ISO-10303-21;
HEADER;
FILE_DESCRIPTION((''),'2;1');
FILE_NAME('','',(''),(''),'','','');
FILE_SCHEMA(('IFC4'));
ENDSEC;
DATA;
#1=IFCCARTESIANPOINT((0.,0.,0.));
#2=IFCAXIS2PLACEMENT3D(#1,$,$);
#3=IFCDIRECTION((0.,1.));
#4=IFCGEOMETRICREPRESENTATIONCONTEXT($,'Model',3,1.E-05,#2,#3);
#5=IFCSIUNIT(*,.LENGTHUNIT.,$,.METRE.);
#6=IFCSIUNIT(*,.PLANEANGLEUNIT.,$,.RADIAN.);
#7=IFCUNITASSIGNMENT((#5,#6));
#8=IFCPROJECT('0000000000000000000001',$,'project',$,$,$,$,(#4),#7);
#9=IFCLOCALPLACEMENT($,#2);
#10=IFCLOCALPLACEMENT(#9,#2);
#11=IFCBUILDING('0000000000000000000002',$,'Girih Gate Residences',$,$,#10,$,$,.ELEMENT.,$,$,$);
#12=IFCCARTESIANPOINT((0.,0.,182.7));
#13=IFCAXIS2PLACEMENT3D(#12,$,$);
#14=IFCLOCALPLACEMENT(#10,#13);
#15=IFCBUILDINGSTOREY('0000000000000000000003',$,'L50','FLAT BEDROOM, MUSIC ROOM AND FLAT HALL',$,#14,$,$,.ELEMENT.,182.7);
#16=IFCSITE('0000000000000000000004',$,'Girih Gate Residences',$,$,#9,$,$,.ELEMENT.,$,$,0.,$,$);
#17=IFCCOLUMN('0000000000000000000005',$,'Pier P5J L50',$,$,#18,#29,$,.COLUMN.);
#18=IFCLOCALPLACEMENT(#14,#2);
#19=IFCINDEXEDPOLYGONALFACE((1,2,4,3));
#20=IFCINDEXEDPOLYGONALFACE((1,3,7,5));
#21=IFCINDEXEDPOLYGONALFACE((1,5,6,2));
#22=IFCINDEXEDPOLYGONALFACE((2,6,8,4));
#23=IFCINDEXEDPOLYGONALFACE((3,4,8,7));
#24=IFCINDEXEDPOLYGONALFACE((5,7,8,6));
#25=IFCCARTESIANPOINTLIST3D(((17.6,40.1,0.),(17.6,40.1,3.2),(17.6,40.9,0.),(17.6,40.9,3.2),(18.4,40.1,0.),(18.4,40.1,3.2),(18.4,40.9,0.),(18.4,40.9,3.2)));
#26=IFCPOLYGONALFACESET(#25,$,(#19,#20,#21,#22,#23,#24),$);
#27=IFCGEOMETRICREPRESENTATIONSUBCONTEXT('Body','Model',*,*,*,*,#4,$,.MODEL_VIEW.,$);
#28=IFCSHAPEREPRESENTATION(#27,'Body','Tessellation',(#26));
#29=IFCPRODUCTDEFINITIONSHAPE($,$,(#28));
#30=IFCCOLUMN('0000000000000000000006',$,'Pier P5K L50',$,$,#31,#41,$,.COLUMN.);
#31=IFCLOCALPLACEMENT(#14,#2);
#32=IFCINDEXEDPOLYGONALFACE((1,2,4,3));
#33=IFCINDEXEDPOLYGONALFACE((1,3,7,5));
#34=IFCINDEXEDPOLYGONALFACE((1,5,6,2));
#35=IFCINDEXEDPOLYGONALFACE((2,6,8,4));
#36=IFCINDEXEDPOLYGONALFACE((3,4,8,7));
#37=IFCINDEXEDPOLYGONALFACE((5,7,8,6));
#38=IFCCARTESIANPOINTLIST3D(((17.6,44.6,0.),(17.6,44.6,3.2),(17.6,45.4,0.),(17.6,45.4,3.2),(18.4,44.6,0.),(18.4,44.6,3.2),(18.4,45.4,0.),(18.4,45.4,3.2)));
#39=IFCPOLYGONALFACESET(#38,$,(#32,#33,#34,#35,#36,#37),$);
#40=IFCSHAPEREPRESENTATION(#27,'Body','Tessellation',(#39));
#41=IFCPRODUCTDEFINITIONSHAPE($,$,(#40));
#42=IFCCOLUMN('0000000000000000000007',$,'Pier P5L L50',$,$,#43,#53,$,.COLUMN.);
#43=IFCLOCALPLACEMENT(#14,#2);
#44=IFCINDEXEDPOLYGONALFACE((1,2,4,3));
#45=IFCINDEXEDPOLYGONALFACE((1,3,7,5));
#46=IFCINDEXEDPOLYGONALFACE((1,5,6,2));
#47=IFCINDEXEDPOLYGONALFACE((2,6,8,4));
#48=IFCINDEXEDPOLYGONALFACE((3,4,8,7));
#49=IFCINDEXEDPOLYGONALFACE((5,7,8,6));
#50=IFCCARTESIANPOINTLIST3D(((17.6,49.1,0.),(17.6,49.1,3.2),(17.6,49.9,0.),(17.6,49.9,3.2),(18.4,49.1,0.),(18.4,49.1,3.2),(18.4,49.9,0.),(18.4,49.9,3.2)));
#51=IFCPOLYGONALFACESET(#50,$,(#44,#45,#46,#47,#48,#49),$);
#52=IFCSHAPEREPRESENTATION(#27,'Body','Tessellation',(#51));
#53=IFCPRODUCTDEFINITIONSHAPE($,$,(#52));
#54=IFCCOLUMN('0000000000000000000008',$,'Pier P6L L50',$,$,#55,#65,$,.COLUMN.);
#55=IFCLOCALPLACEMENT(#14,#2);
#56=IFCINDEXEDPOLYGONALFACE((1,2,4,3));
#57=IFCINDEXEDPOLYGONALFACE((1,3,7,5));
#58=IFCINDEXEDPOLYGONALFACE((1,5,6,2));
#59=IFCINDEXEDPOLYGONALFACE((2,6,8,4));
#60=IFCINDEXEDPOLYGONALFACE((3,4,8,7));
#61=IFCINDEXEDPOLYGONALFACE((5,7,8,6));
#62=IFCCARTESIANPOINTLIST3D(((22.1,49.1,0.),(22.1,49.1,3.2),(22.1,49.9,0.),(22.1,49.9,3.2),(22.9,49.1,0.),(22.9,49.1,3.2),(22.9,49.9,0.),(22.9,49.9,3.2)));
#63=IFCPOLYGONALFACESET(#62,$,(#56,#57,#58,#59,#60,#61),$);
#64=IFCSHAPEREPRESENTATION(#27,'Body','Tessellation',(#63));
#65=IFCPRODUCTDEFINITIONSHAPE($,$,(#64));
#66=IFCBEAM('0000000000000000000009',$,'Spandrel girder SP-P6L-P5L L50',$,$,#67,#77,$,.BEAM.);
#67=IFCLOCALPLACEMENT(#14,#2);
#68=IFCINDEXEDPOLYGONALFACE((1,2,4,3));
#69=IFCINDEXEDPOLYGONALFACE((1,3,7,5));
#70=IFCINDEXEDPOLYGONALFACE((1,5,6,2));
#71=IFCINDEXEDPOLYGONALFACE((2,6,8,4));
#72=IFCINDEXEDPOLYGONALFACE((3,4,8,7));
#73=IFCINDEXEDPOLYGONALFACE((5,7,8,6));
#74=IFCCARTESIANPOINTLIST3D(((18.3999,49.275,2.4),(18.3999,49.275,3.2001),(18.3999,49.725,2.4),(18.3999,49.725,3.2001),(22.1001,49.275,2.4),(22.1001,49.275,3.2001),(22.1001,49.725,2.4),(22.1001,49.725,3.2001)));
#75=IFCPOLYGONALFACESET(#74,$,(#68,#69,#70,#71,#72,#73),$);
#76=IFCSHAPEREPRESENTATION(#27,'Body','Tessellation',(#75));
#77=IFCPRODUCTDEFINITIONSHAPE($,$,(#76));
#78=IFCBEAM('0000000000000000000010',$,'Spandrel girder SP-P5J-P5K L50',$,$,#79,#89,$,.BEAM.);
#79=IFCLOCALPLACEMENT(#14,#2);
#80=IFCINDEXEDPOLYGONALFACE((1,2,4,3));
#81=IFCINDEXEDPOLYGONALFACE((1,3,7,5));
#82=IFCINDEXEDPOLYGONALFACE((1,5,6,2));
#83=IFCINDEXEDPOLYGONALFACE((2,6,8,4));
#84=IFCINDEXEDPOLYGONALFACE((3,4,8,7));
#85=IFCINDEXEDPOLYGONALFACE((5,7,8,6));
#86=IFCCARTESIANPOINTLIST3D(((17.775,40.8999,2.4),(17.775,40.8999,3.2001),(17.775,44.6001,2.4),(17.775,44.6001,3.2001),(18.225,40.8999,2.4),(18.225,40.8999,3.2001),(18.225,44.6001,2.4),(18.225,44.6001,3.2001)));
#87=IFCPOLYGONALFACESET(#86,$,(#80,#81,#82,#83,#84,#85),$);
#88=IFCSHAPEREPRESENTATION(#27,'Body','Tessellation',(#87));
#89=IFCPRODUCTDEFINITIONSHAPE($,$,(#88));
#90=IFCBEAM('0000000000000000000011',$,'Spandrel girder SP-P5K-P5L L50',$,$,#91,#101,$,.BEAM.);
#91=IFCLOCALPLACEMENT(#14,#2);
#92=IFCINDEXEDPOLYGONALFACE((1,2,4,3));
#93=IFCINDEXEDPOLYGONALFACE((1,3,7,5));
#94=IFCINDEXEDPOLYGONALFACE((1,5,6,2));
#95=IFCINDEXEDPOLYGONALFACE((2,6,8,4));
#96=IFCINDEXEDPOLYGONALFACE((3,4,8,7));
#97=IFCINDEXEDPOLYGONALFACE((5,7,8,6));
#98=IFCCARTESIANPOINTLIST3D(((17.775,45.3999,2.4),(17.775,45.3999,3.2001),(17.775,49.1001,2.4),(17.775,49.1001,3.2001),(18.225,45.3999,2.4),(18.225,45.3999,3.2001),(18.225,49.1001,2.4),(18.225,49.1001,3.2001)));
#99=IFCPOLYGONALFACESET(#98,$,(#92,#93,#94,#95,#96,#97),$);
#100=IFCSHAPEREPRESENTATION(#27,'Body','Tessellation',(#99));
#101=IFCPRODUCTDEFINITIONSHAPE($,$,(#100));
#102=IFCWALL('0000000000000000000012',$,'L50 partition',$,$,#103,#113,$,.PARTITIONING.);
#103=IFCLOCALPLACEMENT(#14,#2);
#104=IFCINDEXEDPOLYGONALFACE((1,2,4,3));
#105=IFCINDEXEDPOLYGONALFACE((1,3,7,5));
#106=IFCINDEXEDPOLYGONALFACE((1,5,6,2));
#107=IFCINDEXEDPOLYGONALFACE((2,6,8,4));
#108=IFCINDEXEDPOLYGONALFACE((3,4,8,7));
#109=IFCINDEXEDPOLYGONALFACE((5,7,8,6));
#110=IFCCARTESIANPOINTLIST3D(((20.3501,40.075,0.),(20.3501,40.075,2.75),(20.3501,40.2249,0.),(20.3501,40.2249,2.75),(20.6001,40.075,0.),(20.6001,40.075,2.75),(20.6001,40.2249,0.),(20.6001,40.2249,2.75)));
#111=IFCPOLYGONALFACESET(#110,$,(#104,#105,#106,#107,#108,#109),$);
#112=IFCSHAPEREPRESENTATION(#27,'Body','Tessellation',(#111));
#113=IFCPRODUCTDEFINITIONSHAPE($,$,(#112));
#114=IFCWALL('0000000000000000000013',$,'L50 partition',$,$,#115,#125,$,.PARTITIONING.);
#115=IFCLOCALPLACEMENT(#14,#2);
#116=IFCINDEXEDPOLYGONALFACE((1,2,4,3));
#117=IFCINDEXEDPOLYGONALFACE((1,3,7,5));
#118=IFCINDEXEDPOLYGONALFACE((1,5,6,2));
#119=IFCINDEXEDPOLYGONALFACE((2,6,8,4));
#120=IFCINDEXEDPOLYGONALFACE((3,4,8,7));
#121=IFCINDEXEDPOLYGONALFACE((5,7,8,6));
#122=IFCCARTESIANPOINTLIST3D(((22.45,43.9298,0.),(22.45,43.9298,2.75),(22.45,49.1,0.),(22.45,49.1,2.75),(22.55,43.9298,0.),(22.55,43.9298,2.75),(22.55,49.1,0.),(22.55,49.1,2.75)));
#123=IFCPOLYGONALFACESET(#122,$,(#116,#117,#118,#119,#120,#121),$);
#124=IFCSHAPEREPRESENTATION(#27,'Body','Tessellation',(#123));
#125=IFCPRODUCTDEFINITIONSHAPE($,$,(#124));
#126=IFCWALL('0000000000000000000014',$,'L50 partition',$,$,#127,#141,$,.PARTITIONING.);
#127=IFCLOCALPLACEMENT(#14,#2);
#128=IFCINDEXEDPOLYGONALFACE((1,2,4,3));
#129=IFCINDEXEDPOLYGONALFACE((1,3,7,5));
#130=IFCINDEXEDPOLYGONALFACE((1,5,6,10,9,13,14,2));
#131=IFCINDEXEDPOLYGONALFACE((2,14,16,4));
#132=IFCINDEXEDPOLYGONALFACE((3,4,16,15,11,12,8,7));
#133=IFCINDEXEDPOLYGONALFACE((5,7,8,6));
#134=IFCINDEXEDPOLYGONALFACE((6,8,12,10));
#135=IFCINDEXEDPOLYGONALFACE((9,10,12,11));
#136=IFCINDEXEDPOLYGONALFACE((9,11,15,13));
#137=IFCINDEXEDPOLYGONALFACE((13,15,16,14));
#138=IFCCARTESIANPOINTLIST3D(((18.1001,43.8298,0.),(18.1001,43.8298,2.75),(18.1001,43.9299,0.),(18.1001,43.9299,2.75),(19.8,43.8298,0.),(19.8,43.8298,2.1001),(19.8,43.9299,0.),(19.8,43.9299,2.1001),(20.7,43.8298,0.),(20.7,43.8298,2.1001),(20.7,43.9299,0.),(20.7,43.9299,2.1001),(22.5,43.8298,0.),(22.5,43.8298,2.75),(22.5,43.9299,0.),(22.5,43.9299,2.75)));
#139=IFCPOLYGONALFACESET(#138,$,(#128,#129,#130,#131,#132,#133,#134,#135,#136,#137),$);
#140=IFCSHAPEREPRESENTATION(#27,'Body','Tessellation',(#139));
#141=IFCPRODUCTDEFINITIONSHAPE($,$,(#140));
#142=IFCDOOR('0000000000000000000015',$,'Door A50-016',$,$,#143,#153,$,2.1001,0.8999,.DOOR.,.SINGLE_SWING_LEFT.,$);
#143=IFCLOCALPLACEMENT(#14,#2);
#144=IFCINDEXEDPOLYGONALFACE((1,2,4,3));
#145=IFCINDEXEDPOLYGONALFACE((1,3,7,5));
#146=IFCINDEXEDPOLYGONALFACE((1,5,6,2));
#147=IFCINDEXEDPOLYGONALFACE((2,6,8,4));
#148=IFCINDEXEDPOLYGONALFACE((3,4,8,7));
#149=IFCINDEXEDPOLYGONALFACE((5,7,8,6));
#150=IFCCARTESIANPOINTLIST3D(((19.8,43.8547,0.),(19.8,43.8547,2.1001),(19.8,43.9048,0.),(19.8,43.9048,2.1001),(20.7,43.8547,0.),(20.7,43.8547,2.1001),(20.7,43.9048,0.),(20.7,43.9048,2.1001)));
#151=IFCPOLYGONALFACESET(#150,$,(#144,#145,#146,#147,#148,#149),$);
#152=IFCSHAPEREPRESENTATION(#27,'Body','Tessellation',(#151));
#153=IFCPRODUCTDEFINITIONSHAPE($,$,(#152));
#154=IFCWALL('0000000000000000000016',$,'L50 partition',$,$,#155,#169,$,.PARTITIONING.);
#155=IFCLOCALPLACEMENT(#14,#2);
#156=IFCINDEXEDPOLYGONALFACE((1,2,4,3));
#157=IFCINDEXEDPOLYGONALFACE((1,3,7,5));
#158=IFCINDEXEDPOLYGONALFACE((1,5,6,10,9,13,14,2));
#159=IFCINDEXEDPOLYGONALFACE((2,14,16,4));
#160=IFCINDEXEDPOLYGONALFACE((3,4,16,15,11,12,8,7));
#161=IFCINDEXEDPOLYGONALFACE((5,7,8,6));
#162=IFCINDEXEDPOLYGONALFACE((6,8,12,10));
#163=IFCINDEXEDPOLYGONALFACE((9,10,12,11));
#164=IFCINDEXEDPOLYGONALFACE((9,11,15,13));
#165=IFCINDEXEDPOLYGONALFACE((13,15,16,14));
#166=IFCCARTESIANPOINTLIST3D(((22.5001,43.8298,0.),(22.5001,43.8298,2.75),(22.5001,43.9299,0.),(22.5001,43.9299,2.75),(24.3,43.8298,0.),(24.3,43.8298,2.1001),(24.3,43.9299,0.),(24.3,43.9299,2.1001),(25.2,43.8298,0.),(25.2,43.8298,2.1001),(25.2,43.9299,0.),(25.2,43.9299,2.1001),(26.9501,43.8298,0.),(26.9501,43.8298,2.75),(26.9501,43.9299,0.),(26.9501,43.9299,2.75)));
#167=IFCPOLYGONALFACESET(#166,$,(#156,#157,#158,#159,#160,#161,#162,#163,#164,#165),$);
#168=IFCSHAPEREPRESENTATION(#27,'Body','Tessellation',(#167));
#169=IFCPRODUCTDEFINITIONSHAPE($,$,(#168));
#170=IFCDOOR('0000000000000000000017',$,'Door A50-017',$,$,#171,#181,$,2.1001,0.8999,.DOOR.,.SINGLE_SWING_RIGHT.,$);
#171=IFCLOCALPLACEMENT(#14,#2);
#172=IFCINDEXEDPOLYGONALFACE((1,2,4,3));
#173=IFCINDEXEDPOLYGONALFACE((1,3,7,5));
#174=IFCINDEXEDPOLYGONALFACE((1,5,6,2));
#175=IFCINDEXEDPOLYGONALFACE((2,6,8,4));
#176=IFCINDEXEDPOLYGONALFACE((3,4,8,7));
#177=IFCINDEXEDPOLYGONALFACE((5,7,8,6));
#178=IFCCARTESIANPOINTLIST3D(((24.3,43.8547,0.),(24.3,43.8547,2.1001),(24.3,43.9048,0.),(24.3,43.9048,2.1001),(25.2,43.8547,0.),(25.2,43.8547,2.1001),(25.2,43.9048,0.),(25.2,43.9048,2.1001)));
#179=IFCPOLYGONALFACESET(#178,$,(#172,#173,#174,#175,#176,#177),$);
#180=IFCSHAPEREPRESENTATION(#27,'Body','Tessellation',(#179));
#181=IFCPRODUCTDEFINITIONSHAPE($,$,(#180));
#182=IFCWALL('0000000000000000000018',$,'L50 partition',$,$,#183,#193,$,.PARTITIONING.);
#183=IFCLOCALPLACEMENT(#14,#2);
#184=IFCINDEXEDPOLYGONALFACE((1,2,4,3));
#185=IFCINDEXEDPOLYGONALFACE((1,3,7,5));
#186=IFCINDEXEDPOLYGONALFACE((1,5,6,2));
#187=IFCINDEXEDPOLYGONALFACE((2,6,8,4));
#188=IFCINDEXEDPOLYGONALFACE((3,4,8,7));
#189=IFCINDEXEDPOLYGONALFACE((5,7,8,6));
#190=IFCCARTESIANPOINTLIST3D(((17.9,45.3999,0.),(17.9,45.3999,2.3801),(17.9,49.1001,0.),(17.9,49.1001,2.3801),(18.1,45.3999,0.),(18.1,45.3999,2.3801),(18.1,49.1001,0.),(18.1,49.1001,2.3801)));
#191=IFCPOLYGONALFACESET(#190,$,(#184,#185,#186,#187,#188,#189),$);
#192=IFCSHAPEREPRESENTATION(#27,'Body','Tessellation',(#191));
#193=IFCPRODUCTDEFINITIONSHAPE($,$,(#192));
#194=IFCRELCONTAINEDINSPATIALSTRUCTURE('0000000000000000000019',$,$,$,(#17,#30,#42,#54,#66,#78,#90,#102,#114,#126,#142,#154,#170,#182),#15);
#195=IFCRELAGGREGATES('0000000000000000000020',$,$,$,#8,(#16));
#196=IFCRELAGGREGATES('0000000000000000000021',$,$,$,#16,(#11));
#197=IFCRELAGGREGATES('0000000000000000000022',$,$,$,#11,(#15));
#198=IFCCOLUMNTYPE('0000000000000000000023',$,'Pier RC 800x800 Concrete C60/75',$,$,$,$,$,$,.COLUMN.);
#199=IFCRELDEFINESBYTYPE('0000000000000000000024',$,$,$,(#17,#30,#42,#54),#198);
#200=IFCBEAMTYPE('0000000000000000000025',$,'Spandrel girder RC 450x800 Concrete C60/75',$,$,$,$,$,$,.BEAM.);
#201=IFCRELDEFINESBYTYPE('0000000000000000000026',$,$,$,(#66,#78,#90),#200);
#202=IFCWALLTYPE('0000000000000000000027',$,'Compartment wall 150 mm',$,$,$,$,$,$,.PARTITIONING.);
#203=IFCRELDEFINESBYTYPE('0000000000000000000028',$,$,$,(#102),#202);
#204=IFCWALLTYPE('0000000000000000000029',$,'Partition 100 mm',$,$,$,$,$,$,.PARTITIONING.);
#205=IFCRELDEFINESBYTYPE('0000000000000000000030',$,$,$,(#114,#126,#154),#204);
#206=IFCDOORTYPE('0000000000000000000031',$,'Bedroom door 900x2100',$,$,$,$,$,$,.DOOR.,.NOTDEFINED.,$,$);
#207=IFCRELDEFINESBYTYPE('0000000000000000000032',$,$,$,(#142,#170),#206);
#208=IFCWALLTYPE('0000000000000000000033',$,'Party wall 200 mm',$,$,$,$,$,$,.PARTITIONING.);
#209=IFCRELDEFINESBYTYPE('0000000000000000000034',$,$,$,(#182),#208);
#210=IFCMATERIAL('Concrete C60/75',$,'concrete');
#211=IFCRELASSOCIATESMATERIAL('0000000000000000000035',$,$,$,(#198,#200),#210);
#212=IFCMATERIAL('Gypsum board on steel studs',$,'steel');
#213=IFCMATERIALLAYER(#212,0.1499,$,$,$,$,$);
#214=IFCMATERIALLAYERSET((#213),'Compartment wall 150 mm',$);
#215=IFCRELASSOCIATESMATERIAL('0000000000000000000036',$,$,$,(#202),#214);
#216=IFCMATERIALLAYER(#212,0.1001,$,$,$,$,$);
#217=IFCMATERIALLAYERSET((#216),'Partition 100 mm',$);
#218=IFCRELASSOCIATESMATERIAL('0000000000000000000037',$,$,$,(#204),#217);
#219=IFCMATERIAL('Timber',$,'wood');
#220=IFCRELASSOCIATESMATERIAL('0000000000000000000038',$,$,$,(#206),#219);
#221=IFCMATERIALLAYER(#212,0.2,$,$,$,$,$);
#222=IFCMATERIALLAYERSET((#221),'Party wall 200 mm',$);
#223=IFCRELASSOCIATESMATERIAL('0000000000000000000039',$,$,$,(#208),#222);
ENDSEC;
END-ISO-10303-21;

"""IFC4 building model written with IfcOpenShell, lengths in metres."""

from ifc_helpers import new_model, si_unit, direction, frame, frame_2d, origin, origin_2d, place, context, subcontext, project, spatial, rectangle, extrude, material, layer, layer_set, material_profile, profile_set, type_object, element, fill, save


model = new_model("IFC4")

# Units and contexts
model_context = context("Model", 3, precision=1e-05, world=origin(), true_north=direction((0.0, 1.0)))
body_context = subcontext(model_context, "Body", "Model", "MODEL_VIEW")
ifc_project = project(units=[si_unit("LENGTHUNIT", "METRE"), si_unit("PLANEANGLEUNIT", "RADIAN")], contexts=[model_context])

# Site, building, storey
site_placement = place(None, origin())
site = spatial("IfcSite", under=ifc_project, at=site_placement, Name="Girih Gate Residences", CompositionType="ELEMENT", RefElevation=0.0)
building_placement = place(site_placement, origin())
building = spatial("IfcBuilding", under=site, at=building_placement, Name="Girih Gate Residences", CompositionType="ELEMENT")
storey_placement = place(building_placement, frame((0.0, 0.0, 182.7)))
storey = spatial("IfcBuildingStorey", under=building, at=storey_placement, Name="L50", Description="FLAT BEDROOM, MUSIC ROOM AND FLAT HALL", CompositionType="ELEMENT", Elevation=182.7)

# Columns
ifc_material_1 = material(Name="Concrete C60/75", Category="concrete")
ifc_material_profile_1 = material_profile(ifc_material_1, rectangle(XDim=0.8, YDim=0.8, at=origin_2d()))
ifc_profile_set_1 = profile_set([ifc_material_profile_1], Name="Concrete C60/75")
column_type = type_object("IfcColumnType", Name="Pier RC 800x800 Concrete C60/75", PredefinedType="COLUMN", material=ifc_profile_set_1)
for number, where, z_axis, x_axis, name in (
    (1, (18.0, 40.5, 0.0), (0.0, 0.0, 1.0), (1.0, 0.0, 0.0), "Pier P5J L50"),
    (2, (18.0, 45.0, 0.0), (0.0, 0.0, 1.0), (1.0, 0.0, 0.0), "Pier P5K L50"),
    (3, (18.0, 49.5, 0.0), (0.0, 0.0, 1.0), (1.0, 0.0, 0.0), "Pier P5L L50"),
    (4, (22.5, 49.5, 0.0), (0.0, 0.0, 1.0), (1.0, 0.0, 0.0), "Pier P6L L50"),
):
    element("IfcColumn", number, at=place(storey_placement, frame(where, z_axis=z_axis, x_axis=x_axis)), inside=storey, type_object=column_type, Name=name, PredefinedType="COLUMN", context=body_context, shape_type="SweptSolid", body=[
        extrude(rectangle(XDim=0.8, YDim=0.8, at=origin_2d()), origin(), (0.0, 0.0, 1.0), 3.2),
    ])

# Beams
ifc_material_profile_2 = material_profile(ifc_material_1, rectangle(XDim=0.45, YDim=0.8, at=origin_2d()))
ifc_profile_set_2 = profile_set([ifc_material_profile_2], Name="Concrete C60/75")
beam_type = type_object("IfcBeamType", Name="Spandrel girder RC 450x800 Concrete C60/75", PredefinedType="BEAM", material=ifc_profile_set_2)
for number, where, z_axis, x_axis, name in (
    (5, (22.1001, 49.5, 2.8), (-1.0, 0.0, 0.0), (0.0, -1.0, 0.0), "Spandrel girder SP-P6L-P5L L50"),
    (6, (18.0, 40.8999, 2.8), (0.0, 1.0, 0.0), (-1.0, 0.0, 0.0), "Spandrel girder SP-P5J-P5K L50"),
    (7, (18.0, 45.3999, 2.8), (0.0, 1.0, 0.0), (-1.0, 0.0, 0.0), "Spandrel girder SP-P5K-P5L L50"),
):
    element("IfcBeam", number, at=place(storey_placement, frame(where, z_axis=z_axis, x_axis=x_axis)), inside=storey, type_object=beam_type, Name=name, PredefinedType="BEAM", context=body_context, shape_type="SweptSolid", body=[
        extrude(rectangle(XDim=0.45, YDim=0.8, at=origin_2d()), origin(), (0.0, 0.0, 1.0), 3.7002),
    ])

# Walls
ifc_material_2 = material(Name="Gypsum board on steel studs", Category="steel")
ifc_layer_1 = layer(ifc_material_2, 0.1499)
ifc_layer_set_1 = layer_set([ifc_layer_1], Name="Compartment wall 150 mm")
wall_type_1 = type_object("IfcWallType", Name="Compartment wall 150 mm", PredefinedType="PARTITIONING", material=ifc_layer_set_1)
wall_1_placement = place(storey_placement, frame((20.3501, 40.1499, 0.0), z_axis=(0.0, 0.0, 1.0), x_axis=(1.0, 0.0, 0.0)))
element("IfcWall", 8, at=wall_1_placement, inside=storey, type_object=wall_type_1, Name="L50 partition", PredefinedType="PARTITIONING", context=body_context, shape_type="SweptSolid", body=[
    extrude(rectangle(XDim=0.25, YDim=0.1499, at=frame_2d((0.125, 0.0))), origin(), (0.0, 0.0, 1.0), 2.75),
])
ifc_layer_2 = layer(ifc_material_2, 0.1001)
ifc_layer_set_2 = layer_set([ifc_layer_2], Name="Partition 100 mm")
wall_type_2 = type_object("IfcWallType", Name="Partition 100 mm", PredefinedType="PARTITIONING", material=ifc_layer_set_2)
wall_2_placement = place(storey_placement, frame((22.5, 43.9299, 0.0), z_axis=(0.0, 0.0, 1.0), x_axis=(0.0, 1.0, 0.0)))
element("IfcWall", 9, at=wall_2_placement, inside=storey, type_object=wall_type_2, Name="L50 partition", PredefinedType="PARTITIONING", context=body_context, shape_type="SweptSolid", body=[
    extrude(rectangle(XDim=5.1702, YDim=0.1001, at=frame_2d((2.585, 0.0))), origin(), (0.0, 0.0, 1.0), 2.75),
])

# Walls, openings, doors
wall_3_placement = place(storey_placement, frame((18.1001, 43.8799, 0.0), z_axis=(0.0, 0.0, 1.0), x_axis=(1.0, 0.0, 0.0)))
wall_3 = element("IfcWall", 10, at=wall_3_placement, inside=storey, type_object=wall_type_2, Name="L50 partition", PredefinedType="PARTITIONING", context=body_context, shape_type="SweptSolid", body=[
    extrude(rectangle(XDim=4.3999, YDim=0.1001, at=frame_2d((2.2, 0.0))), origin(), (0.0, 0.0, 1.0), 2.75),
])
opening_1_placement = place(wall_3_placement, frame((1.7, 0.0, 0.0)))
opening_1 = element("IfcOpeningElement", 11, at=opening_1_placement, cuts=wall_3, PredefinedType="OPENING", context=body_context, shape_type="SweptSolid", body=[
    extrude(rectangle(XDim=0.8999, YDim=2.1001, at=frame_2d((0.45, 1.05))), frame((0.0, 0.0601, 0.0), z_axis=(0.0, -1.0, 0.0), x_axis=(1.0, 0.0, 0.0)), (0.0, 0.0, 1.0), 0.1201),
])
ifc_material_3 = material(Name="Timber", Category="wood")
door_type_1 = type_object("IfcDoorType", Name="Bedroom door 900x2100", OperationType="NOTDEFINED", PredefinedType="DOOR", material=ifc_material_3)
door_1_placement = place(opening_1_placement, origin())
door_1 = element("IfcDoor", 12, at=door_1_placement, inside=storey, type_object=door_type_1, Name="Door A50-016", OperationType="SINGLE_SWING_LEFT", OverallHeight=2.1001, OverallWidth=0.8999, PredefinedType="DOOR", context=body_context, shape_type="SweptSolid", body=[
    extrude(rectangle(XDim=0.8999, YDim=2.1001, at=frame_2d((0.45, 1.05))), frame((0.0, 0.0249, 0.0), z_axis=(0.0, -1.0, 0.0), x_axis=(1.0, 0.0, 0.0)), (0.0, 0.0, 1.0), 0.05),
])
fill(opening_1, door_1)
wall_4_placement = place(storey_placement, frame((22.5, 43.8799, 0.0), z_axis=(0.0, 0.0, 1.0), x_axis=(1.0, 0.0, 0.0)))
wall_4 = element("IfcWall", 13, at=wall_4_placement, inside=storey, type_object=wall_type_2, Name="L50 partition", PredefinedType="PARTITIONING", context=body_context, shape_type="SweptSolid", body=[
    extrude(rectangle(XDim=4.45, YDim=0.1001, at=frame_2d((2.2251, 0.0))), origin(), (0.0, 0.0, 1.0), 2.75),
])
opening_2_placement = place(wall_4_placement, frame((1.8, 0.0, 0.0)))
opening_2 = element("IfcOpeningElement", 14, at=opening_2_placement, cuts=wall_4, PredefinedType="OPENING", context=body_context, shape_type="SweptSolid", body=[
    extrude(rectangle(XDim=0.8999, YDim=2.1001, at=frame_2d((0.45, 1.05))), frame((0.0, 0.0601, 0.0), z_axis=(0.0, -1.0, 0.0), x_axis=(1.0, 0.0, 0.0)), (0.0, 0.0, 1.0), 0.1201),
])
door_2_placement = place(opening_2_placement, origin())
door_2 = element("IfcDoor", 15, at=door_2_placement, inside=storey, type_object=door_type_1, Name="Door A50-017", OperationType="SINGLE_SWING_RIGHT", OverallHeight=2.1001, OverallWidth=0.8999, PredefinedType="DOOR", context=body_context, shape_type="SweptSolid", body=[
    extrude(rectangle(XDim=0.8999, YDim=2.1001, at=frame_2d((0.45, 1.05))), frame((0.0, 0.0249, 0.0), z_axis=(0.0, -1.0, 0.0), x_axis=(1.0, 0.0, 0.0)), (0.0, 0.0, 1.0), 0.05),
])
fill(opening_2, door_2)

# Wall
ifc_layer_3 = layer(ifc_material_2, 0.2)
ifc_layer_set_3 = layer_set([ifc_layer_3], Name="Party wall 200 mm")
wall_type_3 = type_object("IfcWallType", Name="Party wall 200 mm", PredefinedType="PARTITIONING", material=ifc_layer_set_3)
for number, where, z_axis, x_axis, name in (
    (16, (18.0, 45.3999, 0.0), (0.0, 0.0, 1.0), (0.0, 1.0, 0.0), "L50 partition"),
):
    element("IfcWall", number, at=place(storey_placement, frame(where, z_axis=z_axis, x_axis=x_axis)), inside=storey, type_object=wall_type_3, Name=name, PredefinedType="PARTITIONING", context=body_context, shape_type="SweptSolid", body=[
        extrude(rectangle(XDim=3.7002, YDim=0.2, at=frame_2d((1.8501, 0.0))), origin(), (0.0, 0.0, 1.0), 2.3801),
    ])

save(model, "model.ifc")
